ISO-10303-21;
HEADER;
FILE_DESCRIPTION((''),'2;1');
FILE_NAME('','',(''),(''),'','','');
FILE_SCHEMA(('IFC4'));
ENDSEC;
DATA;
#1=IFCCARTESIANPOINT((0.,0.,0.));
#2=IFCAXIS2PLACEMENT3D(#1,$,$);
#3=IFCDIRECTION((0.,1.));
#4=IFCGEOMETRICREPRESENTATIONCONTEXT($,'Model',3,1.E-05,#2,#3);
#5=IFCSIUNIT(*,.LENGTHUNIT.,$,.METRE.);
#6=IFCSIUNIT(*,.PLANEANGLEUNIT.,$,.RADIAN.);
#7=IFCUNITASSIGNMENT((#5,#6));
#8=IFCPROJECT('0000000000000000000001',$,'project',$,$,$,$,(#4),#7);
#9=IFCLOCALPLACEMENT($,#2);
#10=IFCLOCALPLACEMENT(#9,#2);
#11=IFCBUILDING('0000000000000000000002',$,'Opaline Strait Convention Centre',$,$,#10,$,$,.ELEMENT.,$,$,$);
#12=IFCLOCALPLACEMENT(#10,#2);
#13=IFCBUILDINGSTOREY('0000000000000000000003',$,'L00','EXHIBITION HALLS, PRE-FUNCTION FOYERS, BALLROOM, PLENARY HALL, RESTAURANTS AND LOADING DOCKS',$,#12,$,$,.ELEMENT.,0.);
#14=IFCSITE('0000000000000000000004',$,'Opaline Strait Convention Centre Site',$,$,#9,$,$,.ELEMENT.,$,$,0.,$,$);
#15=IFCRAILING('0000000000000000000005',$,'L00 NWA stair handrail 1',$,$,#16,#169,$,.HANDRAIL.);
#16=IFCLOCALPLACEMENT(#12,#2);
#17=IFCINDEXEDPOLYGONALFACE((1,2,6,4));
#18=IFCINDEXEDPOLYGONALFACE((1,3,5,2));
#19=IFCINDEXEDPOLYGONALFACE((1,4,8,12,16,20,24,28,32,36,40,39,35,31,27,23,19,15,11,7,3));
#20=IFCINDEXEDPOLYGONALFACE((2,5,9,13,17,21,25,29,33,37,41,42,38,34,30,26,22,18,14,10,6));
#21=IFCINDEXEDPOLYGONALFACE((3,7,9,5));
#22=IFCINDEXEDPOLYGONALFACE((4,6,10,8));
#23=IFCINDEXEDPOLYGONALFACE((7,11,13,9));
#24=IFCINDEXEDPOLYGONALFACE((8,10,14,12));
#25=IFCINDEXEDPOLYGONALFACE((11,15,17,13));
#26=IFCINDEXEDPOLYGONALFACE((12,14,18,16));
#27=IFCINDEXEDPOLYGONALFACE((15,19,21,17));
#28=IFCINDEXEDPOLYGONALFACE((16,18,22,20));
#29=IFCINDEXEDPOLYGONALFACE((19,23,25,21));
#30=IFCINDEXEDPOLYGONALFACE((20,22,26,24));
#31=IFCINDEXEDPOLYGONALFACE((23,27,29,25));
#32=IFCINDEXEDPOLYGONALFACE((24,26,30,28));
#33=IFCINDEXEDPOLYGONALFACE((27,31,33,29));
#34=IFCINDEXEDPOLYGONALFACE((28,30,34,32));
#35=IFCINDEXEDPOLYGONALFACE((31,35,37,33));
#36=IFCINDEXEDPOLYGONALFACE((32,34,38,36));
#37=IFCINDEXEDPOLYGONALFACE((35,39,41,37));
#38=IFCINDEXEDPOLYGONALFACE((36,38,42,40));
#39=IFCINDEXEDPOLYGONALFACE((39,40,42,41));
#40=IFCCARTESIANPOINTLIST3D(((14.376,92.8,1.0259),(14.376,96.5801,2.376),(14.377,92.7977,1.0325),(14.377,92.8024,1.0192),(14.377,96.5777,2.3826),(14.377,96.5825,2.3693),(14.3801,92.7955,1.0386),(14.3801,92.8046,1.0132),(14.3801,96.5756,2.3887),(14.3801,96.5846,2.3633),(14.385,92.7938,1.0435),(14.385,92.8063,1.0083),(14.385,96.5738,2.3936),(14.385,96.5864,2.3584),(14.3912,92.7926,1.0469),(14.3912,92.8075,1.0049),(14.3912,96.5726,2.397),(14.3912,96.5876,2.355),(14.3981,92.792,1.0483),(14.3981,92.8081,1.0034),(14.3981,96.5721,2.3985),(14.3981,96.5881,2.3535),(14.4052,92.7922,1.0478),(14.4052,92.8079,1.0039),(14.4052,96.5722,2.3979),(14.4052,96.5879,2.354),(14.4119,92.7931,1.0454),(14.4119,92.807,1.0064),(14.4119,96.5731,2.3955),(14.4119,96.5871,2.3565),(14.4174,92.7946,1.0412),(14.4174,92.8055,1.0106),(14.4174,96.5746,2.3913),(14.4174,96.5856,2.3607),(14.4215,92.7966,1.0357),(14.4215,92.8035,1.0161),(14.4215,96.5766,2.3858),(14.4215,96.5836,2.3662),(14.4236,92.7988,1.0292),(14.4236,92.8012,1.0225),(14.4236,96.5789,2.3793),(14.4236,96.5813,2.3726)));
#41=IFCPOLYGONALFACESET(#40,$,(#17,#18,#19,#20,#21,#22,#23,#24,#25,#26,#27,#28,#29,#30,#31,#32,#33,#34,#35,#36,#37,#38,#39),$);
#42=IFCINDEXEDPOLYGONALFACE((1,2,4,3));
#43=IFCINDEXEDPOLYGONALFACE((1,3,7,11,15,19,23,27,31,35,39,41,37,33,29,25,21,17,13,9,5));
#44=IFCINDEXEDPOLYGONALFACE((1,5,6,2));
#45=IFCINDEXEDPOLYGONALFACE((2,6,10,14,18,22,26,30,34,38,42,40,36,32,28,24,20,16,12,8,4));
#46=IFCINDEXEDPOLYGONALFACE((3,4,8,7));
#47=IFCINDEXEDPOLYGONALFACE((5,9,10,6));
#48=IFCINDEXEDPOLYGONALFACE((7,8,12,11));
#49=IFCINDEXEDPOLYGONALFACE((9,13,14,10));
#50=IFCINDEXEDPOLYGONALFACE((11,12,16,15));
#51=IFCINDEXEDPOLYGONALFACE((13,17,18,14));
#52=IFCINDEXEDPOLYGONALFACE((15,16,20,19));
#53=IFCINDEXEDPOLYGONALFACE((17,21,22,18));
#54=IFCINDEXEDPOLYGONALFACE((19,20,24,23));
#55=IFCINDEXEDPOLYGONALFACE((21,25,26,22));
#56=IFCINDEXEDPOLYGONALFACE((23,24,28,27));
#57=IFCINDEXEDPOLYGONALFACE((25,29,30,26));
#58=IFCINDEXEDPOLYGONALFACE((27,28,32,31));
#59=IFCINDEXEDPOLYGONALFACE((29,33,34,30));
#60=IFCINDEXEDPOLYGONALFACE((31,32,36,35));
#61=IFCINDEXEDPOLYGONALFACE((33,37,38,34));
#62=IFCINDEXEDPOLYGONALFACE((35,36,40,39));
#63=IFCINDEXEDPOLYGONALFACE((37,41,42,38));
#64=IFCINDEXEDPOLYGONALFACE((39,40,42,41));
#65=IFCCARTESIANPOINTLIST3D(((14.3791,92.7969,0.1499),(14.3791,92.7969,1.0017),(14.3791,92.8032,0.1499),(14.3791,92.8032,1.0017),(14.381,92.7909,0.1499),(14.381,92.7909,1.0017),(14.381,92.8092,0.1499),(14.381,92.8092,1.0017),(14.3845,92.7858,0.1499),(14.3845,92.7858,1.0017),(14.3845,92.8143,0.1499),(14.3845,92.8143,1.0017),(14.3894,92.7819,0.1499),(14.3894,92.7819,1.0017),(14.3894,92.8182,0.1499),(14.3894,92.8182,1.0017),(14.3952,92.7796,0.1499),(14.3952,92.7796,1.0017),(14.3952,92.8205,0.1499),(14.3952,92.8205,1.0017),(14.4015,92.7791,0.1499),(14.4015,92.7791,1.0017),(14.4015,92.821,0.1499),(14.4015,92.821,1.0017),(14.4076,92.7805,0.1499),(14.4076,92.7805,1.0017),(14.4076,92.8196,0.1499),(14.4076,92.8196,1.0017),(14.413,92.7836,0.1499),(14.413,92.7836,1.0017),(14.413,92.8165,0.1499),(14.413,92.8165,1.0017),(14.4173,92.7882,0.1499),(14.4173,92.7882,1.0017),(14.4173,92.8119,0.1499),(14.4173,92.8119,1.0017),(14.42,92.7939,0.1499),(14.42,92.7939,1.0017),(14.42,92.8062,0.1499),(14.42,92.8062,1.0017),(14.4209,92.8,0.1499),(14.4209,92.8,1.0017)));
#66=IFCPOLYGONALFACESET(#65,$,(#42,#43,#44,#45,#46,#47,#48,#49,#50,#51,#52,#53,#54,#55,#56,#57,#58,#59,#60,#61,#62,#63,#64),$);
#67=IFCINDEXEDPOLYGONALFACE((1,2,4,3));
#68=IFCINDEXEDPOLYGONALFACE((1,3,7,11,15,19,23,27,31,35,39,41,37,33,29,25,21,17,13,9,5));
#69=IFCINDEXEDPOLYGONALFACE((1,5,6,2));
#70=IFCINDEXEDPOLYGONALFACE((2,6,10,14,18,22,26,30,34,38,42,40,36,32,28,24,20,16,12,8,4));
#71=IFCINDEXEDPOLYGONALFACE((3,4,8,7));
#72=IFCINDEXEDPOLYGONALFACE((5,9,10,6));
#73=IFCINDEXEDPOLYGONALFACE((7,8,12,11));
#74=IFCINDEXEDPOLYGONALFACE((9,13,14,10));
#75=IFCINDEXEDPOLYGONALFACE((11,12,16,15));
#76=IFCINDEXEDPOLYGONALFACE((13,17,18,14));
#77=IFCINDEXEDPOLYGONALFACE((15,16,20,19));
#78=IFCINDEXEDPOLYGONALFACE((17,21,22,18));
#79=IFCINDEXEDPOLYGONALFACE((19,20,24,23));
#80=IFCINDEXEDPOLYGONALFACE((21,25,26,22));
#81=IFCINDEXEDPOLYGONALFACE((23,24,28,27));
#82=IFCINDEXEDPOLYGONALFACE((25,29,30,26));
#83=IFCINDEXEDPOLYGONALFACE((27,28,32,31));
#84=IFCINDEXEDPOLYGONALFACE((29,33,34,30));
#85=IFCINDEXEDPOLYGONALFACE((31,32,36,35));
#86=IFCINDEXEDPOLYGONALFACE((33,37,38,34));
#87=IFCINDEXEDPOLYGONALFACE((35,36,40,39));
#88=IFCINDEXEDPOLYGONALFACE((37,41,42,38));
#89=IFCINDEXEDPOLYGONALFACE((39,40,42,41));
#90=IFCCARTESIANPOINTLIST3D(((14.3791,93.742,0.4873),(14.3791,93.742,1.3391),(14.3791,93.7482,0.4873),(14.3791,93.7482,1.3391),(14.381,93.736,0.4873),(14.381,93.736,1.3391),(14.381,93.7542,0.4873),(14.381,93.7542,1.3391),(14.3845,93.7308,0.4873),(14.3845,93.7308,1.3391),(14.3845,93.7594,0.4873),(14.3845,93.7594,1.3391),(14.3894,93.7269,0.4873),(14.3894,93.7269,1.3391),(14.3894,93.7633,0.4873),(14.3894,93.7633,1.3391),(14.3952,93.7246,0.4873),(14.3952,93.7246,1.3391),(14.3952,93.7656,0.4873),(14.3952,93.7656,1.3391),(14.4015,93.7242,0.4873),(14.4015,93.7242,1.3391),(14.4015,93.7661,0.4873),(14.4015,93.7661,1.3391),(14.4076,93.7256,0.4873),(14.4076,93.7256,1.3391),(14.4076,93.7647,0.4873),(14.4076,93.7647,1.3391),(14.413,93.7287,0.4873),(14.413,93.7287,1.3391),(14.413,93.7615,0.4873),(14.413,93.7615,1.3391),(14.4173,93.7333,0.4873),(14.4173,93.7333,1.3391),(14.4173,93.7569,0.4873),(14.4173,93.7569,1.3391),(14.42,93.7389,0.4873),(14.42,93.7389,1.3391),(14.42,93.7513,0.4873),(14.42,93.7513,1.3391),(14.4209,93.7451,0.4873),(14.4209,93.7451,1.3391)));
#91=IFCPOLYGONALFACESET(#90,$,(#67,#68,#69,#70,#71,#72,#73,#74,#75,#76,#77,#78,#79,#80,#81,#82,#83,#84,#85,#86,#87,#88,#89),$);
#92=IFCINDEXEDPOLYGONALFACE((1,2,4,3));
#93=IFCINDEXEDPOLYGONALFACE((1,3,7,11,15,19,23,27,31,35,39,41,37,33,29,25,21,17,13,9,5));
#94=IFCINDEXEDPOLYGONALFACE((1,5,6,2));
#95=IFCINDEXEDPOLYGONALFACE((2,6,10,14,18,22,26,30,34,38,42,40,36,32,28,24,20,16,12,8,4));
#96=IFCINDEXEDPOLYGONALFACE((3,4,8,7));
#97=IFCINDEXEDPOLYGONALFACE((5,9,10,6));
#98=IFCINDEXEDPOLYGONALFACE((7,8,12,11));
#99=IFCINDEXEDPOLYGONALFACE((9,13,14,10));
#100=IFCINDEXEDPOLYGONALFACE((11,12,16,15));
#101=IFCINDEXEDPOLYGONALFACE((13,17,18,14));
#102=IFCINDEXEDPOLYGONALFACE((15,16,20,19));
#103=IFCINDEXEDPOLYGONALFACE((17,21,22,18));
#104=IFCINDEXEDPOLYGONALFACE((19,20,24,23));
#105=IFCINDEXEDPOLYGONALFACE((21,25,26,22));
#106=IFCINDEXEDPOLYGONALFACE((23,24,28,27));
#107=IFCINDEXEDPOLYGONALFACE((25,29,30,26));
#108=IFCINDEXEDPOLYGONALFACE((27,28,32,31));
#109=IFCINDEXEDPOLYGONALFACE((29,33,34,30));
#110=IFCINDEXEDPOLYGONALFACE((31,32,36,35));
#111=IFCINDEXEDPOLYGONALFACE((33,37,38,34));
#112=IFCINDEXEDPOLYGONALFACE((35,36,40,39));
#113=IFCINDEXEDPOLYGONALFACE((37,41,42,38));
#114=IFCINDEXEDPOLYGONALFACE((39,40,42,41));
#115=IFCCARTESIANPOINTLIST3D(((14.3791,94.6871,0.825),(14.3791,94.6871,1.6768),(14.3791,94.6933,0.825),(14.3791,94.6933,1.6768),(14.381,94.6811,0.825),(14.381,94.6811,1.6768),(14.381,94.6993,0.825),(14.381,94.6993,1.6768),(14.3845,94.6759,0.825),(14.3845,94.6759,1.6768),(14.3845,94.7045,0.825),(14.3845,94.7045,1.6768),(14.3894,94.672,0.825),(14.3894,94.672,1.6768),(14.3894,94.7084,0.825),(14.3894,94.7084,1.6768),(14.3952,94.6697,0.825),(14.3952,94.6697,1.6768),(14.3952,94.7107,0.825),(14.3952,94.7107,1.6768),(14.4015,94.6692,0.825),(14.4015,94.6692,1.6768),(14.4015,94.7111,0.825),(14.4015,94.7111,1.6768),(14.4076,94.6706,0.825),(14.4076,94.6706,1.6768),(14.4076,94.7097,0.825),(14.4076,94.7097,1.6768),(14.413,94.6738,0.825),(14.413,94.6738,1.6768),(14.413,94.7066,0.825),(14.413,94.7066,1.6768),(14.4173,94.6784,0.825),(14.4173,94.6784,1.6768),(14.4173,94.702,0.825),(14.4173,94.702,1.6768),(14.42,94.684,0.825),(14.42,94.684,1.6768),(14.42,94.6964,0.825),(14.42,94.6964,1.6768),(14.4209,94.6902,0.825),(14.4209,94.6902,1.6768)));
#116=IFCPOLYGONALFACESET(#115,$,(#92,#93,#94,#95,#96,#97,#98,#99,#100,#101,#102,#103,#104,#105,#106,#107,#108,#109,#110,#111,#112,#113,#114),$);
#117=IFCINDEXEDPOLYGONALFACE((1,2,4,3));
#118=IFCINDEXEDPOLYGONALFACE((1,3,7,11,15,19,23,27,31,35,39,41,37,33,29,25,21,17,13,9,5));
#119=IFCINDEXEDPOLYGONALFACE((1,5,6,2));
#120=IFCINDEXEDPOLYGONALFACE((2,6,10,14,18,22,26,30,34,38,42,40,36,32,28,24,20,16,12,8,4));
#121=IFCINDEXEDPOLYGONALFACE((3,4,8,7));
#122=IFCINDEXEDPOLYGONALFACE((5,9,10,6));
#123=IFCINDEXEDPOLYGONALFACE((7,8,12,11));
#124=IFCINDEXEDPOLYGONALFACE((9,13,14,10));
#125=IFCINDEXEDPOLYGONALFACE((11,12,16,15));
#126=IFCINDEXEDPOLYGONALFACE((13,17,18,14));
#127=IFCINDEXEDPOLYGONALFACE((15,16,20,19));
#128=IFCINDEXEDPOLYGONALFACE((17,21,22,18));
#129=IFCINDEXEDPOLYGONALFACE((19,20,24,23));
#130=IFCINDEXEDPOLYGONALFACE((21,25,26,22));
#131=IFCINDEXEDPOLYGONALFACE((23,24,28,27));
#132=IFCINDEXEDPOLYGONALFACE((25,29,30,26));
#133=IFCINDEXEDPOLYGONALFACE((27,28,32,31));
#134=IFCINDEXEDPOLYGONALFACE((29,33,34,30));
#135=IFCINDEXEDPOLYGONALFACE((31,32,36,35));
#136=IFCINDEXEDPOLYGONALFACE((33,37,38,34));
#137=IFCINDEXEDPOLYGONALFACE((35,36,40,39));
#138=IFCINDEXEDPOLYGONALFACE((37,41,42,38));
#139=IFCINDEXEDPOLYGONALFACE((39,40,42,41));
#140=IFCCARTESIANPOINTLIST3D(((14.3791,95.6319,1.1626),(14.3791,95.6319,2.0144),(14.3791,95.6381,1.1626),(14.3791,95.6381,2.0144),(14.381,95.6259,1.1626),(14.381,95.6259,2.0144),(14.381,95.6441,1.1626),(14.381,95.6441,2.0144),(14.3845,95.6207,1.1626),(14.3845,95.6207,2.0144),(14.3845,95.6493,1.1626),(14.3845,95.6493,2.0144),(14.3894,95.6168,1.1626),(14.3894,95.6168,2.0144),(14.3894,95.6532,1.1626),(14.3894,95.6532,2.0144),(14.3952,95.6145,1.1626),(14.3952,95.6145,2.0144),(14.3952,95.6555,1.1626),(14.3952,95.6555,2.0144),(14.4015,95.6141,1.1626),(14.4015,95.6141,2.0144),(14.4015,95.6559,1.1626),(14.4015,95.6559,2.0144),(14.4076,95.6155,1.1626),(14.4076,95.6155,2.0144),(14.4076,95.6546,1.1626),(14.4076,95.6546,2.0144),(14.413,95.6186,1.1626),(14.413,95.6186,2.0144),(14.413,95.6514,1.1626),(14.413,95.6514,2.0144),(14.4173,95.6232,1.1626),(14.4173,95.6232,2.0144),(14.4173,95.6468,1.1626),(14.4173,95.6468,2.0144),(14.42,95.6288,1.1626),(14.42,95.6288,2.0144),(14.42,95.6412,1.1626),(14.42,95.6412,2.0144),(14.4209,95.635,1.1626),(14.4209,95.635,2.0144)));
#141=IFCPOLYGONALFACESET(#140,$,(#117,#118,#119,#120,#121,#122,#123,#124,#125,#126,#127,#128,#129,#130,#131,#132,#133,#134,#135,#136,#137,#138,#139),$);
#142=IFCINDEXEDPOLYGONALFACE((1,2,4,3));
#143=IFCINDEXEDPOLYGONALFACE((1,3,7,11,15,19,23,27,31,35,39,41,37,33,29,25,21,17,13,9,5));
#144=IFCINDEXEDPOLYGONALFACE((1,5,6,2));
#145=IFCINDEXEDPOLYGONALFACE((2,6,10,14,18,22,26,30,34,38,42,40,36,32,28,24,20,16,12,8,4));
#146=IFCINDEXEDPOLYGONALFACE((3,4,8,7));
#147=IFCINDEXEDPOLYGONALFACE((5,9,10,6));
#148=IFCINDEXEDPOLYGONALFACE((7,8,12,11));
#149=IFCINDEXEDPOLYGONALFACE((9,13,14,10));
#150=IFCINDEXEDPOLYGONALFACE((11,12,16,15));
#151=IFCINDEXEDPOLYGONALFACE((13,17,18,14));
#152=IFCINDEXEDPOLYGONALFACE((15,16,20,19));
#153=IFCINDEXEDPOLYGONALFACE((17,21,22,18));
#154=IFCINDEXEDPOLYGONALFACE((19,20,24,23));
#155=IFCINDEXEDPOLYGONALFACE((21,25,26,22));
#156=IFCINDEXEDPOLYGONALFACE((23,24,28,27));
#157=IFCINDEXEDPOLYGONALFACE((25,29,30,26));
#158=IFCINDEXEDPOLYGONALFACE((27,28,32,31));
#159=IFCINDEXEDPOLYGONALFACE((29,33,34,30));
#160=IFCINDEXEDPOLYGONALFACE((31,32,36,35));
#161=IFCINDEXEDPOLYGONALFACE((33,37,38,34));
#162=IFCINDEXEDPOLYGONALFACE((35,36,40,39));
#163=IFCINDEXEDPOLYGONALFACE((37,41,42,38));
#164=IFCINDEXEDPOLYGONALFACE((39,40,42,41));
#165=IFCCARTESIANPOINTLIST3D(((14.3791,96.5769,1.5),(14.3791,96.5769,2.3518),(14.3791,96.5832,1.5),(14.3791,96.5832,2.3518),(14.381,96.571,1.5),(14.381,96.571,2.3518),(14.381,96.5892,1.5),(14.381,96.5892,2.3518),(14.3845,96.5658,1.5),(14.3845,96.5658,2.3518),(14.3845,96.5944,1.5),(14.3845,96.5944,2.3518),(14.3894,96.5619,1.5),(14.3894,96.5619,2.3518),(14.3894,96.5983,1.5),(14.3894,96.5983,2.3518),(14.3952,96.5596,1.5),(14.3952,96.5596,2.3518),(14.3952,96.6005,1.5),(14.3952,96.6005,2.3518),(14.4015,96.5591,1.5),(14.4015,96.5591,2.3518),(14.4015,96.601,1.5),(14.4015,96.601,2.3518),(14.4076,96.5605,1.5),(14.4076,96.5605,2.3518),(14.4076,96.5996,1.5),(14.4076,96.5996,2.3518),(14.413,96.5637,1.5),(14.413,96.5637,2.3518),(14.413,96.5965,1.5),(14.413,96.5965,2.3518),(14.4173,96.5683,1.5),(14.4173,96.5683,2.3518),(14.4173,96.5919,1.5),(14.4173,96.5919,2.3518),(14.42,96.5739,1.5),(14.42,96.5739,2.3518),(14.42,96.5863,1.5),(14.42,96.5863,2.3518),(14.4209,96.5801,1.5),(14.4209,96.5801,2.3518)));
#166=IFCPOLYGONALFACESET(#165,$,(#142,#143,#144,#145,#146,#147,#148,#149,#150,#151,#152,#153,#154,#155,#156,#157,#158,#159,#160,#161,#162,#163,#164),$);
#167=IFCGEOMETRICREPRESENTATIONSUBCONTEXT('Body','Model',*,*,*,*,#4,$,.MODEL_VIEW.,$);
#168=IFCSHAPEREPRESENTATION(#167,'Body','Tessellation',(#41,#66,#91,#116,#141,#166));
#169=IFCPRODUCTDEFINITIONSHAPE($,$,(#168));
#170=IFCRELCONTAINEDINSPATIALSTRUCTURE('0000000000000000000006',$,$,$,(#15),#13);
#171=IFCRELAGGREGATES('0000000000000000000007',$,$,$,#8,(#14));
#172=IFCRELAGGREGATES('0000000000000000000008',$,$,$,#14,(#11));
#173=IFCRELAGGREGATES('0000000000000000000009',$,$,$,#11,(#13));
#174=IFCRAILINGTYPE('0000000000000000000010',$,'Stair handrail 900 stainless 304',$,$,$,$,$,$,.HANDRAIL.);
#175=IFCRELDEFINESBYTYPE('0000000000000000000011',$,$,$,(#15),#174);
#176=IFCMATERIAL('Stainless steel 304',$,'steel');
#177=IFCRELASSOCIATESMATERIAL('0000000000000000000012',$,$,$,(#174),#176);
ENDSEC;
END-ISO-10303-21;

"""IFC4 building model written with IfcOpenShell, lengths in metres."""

from ifc_helpers import new_model, si_unit, direction, frame, origin, origin_2d, place, context, subcontext, project, spatial, circle, extrude, material, type_object, element, save


model = new_model("IFC4")

# Units and contexts
model_context = context("Model", 3, precision=1e-05, world=origin(), true_north=direction((0.0, 1.0)))
body_context = subcontext(model_context, "Body", "Model", "MODEL_VIEW")
ifc_project = project(units=[si_unit("LENGTHUNIT", "METRE"), si_unit("PLANEANGLEUNIT", "RADIAN")], contexts=[model_context])

# Site, building, storey
site_placement = place(None, origin())
site = spatial("IfcSite", under=ifc_project, at=site_placement, Name="Opaline Strait Convention Centre Site", CompositionType="ELEMENT", RefElevation=0.0)
building_placement = place(site_placement, origin())
building = spatial("IfcBuilding", under=site, at=building_placement, Name="Opaline Strait Convention Centre", CompositionType="ELEMENT")
storey_placement = place(building_placement, origin())
storey = spatial("IfcBuildingStorey", under=building, at=storey_placement, Name="L00", Description="EXHIBITION HALLS, PRE-FUNCTION FOYERS, BALLROOM, PLENARY HALL, RESTAURANTS AND LOADING DOCKS", CompositionType="ELEMENT", Elevation=0.0)

# Railing
ifc_material_1 = material(Name="Stainless steel 304", Category="steel")
railing_type_1 = type_object("IfcRailingType", Name="Stair handrail 900 stainless 304", PredefinedType="HANDRAIL", material=ifc_material_1)
railing_1_placement = place(storey_placement, frame((14.3999, 92.8, 0.1499)))
element("IfcRailing", 1, at=railing_1_placement, inside=storey, type_object=railing_type_1, Name="L00 NWA stair handrail 1", PredefinedType="HANDRAIL", context=body_context, shape_type="SweptSolid", body=[
    extrude(circle(Radius=0.0239, at=origin_2d()), frame((0.0, 0.0, 0.876), z_axis=(0.0, 0.941735, 0.336356), x_axis=(-1.0, 0.0, 0.0)), (0.0, 0.0, 1.0), 4.0139),
    extrude(circle(Radius=0.021, at=origin_2d()), origin(), (0.0, 0.0, 1.0), 0.8518),
    extrude(circle(Radius=0.021, at=origin_2d()), frame((0.0, 0.9451, 0.3374)), (0.0, 0.0, 1.0), 0.8518),
    extrude(circle(Radius=0.021, at=origin_2d()), frame((0.0, 1.8901, 0.675)), (0.0, 0.0, 1.0), 0.8518),
    extrude(circle(Radius=0.021, at=origin_2d()), frame((0.0, 2.835, 1.0127)), (0.0, 0.0, 1.0), 0.8518),
    extrude(circle(Radius=0.021, at=origin_2d()), frame((0.0, 3.78, 1.3501)), (0.0, 0.0, 1.0), 0.8518),
])

save(model, "model.ifc")
